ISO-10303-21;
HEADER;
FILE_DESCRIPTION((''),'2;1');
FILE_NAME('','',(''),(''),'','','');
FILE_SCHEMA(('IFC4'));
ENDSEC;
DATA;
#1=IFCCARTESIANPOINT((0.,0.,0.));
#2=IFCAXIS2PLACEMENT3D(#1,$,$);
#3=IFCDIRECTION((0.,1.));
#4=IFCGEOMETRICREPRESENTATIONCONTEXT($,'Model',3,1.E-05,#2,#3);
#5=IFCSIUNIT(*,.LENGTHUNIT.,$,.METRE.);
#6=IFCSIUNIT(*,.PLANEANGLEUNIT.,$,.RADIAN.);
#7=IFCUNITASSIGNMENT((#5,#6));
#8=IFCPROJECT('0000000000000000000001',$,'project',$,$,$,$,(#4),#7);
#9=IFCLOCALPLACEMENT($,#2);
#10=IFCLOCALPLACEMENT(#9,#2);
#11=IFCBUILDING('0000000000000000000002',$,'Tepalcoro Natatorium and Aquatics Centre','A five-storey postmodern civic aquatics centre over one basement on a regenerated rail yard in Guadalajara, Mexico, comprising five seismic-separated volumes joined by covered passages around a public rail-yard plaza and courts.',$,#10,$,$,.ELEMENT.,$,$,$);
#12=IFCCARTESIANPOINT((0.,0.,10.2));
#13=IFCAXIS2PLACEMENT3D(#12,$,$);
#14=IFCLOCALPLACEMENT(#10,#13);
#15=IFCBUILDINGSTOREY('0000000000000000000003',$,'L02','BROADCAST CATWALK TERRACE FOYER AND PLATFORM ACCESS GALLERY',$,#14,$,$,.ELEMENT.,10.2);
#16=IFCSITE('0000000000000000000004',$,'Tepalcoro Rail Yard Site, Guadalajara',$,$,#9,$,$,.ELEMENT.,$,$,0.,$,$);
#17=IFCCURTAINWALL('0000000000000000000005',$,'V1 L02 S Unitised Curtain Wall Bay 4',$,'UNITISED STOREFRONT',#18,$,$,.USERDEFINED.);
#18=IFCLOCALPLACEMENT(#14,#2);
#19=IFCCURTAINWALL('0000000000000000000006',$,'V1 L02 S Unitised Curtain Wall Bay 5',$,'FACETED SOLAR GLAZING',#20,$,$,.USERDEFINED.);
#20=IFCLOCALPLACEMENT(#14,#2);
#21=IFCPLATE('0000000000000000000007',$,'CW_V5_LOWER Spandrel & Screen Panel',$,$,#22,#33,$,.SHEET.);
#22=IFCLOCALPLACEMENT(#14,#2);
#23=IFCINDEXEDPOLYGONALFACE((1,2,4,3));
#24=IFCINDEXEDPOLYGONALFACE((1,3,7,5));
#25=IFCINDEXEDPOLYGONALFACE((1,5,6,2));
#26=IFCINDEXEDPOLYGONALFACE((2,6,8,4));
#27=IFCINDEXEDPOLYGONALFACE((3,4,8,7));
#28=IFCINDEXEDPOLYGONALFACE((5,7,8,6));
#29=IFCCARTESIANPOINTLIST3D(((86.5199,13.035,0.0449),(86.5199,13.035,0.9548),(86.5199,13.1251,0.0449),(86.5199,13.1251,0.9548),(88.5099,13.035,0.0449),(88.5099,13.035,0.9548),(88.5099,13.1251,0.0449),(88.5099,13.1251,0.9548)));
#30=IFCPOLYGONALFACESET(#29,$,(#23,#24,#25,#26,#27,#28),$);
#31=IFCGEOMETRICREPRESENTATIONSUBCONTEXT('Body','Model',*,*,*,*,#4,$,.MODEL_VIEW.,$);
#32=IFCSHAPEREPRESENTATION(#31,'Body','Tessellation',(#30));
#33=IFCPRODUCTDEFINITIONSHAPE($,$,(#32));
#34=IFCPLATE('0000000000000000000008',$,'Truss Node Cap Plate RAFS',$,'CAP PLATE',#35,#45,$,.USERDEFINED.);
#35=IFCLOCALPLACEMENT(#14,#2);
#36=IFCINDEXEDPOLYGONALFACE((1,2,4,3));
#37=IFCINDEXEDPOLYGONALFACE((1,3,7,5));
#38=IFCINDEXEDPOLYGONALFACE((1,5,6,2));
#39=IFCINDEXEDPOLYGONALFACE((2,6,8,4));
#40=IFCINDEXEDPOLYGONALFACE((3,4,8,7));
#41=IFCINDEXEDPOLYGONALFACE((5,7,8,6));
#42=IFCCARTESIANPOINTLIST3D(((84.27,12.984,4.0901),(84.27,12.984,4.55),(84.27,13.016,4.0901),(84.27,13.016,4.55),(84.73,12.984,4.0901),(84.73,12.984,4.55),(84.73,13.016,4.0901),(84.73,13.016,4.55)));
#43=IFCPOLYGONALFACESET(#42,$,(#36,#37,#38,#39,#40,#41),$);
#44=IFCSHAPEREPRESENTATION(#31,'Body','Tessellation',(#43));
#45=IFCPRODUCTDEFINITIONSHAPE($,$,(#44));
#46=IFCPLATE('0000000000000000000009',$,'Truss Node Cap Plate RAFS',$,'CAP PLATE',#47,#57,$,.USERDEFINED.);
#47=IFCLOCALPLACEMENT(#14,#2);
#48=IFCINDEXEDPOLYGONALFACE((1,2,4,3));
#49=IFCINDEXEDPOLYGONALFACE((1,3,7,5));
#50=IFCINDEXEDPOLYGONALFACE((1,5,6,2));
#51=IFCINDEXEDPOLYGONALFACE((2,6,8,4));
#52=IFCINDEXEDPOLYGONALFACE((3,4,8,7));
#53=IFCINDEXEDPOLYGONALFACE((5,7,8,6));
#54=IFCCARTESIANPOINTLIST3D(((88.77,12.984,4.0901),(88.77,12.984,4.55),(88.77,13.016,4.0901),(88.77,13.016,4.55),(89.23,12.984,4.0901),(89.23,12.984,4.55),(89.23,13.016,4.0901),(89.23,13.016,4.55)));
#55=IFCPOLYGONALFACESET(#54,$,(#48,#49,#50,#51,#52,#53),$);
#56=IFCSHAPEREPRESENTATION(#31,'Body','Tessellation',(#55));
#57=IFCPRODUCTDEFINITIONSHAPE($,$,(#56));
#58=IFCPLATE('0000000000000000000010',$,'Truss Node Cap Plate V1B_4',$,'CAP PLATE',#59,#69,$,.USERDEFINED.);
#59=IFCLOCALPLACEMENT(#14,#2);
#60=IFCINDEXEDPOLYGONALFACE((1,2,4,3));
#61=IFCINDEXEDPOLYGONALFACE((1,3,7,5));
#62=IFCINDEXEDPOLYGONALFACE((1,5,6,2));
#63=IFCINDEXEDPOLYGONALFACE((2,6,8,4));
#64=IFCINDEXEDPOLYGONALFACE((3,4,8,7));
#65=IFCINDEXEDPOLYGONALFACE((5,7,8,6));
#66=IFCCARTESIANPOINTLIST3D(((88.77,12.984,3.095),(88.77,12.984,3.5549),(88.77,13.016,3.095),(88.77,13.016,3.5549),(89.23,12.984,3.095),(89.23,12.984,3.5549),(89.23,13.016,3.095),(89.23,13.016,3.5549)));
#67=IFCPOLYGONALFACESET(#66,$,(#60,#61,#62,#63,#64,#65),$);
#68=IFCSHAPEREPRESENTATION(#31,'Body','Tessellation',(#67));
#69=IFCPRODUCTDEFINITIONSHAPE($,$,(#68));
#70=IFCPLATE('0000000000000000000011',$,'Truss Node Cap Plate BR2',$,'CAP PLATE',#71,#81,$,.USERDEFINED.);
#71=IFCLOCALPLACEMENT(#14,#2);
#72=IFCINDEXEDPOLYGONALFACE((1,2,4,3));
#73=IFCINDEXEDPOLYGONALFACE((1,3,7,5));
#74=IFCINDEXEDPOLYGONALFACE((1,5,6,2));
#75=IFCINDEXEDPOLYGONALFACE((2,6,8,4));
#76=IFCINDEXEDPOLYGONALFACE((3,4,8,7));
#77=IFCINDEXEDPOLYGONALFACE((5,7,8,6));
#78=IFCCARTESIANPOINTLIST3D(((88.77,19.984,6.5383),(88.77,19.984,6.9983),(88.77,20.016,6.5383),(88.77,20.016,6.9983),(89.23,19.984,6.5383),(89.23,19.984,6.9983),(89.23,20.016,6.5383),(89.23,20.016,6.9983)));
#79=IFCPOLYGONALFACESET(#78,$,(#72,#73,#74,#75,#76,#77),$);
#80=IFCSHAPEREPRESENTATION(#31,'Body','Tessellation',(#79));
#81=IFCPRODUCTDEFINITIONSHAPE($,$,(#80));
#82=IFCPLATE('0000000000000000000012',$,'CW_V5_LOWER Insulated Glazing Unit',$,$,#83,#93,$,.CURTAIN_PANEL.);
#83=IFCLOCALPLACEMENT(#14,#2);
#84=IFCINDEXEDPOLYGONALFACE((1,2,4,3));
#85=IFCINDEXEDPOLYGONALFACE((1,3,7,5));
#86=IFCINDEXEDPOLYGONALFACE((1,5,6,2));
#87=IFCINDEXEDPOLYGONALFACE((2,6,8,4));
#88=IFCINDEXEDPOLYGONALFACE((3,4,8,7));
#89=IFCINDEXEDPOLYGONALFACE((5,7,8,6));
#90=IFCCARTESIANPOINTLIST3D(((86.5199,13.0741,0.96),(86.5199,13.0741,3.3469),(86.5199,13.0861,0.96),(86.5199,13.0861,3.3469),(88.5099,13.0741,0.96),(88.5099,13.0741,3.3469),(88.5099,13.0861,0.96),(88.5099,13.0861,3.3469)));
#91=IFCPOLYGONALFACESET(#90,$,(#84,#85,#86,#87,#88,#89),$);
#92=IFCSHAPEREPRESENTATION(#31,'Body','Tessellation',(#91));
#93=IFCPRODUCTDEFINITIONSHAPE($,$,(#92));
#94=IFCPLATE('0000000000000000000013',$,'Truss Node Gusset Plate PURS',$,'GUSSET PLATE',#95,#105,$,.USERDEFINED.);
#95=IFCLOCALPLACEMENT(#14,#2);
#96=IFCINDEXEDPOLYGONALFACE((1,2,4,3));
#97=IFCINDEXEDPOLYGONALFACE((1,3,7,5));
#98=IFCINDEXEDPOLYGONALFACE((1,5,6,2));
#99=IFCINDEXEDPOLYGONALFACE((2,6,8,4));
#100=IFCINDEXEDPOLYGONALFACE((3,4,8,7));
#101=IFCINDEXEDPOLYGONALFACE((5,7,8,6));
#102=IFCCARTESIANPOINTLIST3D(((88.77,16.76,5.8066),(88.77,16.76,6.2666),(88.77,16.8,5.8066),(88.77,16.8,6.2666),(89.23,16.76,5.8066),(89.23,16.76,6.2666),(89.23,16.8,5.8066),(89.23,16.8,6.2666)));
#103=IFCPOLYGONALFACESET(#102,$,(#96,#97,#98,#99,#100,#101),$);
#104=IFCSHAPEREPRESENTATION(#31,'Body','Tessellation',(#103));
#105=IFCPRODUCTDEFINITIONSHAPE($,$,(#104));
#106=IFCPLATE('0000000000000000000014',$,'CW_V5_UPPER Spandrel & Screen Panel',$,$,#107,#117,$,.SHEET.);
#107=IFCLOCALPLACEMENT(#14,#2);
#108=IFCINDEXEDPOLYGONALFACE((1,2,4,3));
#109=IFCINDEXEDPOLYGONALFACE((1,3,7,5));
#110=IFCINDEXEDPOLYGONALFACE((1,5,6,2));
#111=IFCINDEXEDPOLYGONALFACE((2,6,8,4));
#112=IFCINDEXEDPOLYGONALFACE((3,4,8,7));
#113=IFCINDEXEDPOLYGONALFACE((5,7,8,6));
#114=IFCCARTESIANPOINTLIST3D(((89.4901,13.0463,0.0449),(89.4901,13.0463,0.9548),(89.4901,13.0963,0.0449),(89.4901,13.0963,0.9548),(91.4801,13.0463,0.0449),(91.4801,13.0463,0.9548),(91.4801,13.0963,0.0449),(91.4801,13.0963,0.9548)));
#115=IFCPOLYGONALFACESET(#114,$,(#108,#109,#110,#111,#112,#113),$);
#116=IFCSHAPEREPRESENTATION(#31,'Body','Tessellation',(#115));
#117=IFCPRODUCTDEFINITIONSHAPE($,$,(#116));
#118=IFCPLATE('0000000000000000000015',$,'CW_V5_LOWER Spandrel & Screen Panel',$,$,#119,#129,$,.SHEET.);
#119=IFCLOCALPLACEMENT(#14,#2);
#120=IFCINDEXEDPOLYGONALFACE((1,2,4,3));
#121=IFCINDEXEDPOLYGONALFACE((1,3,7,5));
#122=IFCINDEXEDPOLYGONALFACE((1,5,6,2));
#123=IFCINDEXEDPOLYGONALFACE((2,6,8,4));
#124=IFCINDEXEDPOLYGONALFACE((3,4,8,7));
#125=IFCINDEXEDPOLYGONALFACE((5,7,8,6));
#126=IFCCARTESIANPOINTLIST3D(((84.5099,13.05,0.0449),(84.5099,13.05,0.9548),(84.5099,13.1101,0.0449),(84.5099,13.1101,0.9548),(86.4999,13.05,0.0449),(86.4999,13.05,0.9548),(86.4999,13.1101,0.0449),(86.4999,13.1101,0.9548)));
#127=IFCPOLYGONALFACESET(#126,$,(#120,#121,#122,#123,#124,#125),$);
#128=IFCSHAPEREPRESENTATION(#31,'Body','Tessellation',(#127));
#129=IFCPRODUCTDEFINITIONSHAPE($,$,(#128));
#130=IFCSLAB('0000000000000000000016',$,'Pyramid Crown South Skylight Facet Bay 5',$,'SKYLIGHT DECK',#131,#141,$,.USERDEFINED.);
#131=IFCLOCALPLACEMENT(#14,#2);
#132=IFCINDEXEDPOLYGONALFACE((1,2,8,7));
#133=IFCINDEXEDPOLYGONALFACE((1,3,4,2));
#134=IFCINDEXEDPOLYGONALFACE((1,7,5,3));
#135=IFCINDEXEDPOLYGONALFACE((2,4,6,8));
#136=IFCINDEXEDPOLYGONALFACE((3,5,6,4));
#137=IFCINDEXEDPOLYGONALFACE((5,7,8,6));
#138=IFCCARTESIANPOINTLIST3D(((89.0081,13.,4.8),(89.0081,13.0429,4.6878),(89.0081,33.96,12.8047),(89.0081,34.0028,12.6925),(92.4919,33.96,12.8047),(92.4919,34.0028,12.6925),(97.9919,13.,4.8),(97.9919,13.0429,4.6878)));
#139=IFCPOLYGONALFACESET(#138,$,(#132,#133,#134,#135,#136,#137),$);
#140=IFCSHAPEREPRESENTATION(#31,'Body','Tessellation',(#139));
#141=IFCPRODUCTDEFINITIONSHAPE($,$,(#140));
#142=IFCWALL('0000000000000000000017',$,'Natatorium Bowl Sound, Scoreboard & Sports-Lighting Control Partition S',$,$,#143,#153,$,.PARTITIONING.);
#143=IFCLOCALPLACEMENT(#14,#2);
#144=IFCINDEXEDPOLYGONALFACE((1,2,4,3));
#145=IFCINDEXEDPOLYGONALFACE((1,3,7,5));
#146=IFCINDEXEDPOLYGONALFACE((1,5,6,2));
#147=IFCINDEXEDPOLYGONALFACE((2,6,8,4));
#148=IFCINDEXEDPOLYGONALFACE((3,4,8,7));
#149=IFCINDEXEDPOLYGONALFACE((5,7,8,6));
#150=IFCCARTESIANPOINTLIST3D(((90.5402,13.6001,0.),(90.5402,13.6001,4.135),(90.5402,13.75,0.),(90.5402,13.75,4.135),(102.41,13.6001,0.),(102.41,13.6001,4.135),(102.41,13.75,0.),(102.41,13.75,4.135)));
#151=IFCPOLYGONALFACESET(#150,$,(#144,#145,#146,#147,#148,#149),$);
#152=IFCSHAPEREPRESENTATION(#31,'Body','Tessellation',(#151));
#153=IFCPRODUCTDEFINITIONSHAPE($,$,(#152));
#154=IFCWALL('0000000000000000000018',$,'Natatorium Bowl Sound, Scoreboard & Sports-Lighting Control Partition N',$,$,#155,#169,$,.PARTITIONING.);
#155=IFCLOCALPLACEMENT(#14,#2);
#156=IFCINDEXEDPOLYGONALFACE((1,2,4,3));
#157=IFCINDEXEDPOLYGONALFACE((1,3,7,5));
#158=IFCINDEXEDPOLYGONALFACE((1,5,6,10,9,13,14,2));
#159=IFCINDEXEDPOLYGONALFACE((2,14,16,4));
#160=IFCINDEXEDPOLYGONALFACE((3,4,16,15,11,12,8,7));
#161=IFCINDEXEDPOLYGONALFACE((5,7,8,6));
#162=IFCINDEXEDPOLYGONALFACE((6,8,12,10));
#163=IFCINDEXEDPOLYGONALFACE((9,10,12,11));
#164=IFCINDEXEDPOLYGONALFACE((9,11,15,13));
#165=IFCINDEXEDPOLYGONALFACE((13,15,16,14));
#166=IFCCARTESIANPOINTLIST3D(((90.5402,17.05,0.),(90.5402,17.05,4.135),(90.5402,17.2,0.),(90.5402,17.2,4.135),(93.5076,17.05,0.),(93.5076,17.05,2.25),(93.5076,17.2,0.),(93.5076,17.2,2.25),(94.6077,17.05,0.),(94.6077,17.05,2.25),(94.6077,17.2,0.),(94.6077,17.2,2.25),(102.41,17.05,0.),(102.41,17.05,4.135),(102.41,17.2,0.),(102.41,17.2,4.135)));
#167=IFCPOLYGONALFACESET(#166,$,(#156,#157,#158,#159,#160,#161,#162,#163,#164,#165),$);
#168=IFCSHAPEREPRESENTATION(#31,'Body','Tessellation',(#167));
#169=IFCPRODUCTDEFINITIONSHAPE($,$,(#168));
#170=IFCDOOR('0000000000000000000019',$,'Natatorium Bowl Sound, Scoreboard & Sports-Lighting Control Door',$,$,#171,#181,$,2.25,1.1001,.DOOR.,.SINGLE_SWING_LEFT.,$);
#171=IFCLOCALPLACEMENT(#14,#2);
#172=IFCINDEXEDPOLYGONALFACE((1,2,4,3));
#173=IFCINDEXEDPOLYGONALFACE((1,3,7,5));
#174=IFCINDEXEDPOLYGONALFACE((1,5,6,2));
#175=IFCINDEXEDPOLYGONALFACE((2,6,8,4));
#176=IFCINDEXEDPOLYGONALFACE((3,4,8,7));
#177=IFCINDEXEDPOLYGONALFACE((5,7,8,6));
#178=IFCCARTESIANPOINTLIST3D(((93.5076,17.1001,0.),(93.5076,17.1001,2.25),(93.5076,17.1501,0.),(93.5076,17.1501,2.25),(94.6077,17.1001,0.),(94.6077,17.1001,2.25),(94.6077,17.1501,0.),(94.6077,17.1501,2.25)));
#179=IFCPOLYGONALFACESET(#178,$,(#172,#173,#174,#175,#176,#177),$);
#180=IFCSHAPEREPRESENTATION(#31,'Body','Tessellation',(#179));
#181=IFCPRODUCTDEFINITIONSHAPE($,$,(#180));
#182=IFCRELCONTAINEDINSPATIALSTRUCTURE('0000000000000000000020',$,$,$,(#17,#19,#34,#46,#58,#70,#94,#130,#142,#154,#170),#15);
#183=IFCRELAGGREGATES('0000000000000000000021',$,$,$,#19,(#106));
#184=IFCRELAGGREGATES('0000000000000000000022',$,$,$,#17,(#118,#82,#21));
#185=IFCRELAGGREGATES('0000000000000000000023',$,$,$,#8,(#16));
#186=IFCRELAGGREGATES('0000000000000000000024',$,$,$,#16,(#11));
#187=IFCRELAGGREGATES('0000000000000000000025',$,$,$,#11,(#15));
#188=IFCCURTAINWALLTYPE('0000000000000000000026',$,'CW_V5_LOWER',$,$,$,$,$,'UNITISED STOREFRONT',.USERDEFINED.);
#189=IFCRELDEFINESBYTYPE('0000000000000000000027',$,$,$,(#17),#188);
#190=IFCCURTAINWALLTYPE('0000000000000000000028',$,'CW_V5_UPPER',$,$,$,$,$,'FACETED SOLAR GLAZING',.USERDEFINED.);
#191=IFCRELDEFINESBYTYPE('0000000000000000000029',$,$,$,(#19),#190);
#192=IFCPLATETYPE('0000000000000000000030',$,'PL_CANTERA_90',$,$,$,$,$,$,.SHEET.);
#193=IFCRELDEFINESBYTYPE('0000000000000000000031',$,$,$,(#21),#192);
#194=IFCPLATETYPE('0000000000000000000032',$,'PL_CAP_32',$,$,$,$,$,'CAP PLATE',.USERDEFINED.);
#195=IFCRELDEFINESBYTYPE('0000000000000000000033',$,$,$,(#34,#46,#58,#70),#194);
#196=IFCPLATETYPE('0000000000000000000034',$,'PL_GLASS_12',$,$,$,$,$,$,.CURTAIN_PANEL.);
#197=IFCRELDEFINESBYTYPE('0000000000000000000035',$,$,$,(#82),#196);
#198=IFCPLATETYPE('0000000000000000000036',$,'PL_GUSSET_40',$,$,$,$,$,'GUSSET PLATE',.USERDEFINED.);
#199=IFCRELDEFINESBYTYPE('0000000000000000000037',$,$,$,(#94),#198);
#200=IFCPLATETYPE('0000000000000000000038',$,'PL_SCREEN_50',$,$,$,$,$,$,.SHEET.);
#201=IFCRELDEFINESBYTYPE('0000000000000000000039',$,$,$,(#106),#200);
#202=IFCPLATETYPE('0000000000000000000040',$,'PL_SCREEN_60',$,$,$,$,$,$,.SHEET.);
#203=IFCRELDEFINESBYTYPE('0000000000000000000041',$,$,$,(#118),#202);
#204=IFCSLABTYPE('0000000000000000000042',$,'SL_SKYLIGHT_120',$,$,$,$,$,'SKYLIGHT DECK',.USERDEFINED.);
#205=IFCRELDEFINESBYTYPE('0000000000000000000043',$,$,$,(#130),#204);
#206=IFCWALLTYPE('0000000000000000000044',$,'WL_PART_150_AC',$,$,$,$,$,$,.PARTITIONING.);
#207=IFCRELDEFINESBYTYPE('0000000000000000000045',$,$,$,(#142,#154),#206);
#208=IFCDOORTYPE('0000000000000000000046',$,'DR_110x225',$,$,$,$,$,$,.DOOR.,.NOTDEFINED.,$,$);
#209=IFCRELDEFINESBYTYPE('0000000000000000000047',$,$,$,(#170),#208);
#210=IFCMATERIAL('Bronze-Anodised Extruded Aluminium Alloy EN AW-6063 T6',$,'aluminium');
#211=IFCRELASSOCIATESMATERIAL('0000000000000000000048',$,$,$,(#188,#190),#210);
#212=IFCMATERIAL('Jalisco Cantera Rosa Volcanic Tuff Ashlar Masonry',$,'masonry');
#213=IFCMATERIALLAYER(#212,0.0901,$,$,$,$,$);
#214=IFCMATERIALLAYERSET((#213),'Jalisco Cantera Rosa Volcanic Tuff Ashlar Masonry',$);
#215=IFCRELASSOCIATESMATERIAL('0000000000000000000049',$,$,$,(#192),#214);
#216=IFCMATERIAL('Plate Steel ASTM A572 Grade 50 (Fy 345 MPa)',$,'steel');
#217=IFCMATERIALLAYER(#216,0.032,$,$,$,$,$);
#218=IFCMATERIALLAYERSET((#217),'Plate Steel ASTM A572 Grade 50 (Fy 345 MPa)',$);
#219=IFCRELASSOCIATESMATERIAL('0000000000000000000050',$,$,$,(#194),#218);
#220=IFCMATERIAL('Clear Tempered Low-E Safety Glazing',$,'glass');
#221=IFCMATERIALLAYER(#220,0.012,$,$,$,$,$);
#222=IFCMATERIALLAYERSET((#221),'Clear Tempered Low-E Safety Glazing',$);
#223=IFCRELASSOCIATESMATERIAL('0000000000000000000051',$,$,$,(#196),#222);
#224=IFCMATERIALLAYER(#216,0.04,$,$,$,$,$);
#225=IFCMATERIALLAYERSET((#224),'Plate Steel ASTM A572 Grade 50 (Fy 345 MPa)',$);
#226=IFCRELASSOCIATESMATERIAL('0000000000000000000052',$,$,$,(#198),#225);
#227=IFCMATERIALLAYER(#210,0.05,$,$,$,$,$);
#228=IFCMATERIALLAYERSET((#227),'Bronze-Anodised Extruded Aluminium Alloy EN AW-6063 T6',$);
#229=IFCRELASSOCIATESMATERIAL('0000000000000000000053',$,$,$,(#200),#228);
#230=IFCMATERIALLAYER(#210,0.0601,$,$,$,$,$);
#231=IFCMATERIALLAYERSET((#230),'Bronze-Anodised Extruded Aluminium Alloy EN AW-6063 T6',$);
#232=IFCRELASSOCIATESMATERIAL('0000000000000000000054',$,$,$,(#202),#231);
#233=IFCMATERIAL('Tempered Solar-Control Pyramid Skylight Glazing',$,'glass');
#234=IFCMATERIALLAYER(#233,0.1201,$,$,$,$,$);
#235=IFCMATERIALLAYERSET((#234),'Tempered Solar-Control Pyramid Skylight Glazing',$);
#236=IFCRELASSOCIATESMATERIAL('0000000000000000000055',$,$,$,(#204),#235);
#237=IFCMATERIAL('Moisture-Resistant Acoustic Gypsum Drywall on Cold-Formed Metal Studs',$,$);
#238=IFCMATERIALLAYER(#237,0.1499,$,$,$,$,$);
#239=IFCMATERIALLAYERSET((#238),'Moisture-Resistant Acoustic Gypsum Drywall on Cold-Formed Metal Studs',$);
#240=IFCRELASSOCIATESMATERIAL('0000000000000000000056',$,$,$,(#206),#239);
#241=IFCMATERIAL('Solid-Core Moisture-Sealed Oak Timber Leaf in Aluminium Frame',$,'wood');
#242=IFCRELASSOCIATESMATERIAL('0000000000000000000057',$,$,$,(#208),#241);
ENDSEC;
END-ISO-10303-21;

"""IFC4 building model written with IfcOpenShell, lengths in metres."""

from ifc_helpers import new_model, si_unit, direction, frame, frame_2d, origin, origin_2d, place, context, subcontext, project, spatial, polyline, rectangle, outline, extrude, material, layer, layer_set, type_object, element, fill, aggregate, save


model = new_model("IFC4")

# Units and contexts
model_context = context("Model", 3, precision=1e-05, world=origin(), true_north=direction((0.0, 1.0)))
body_context = subcontext(model_context, "Body", "Model", "MODEL_VIEW")
ifc_project = project(units=[si_unit("LENGTHUNIT", "METRE"), si_unit("PLANEANGLEUNIT", "RADIAN")], contexts=[model_context])

# Site, building, storey
site_placement = place(None, origin())
site = spatial("IfcSite", under=ifc_project, at=site_placement, Name="Tepalcoro Rail Yard Site, Guadalajara", CompositionType="ELEMENT", RefElevation=0.0)
building_placement = place(site_placement, origin())
building = spatial("IfcBuilding", under=site, at=building_placement, Name="Tepalcoro Natatorium and Aquatics Centre", Description="A five-storey postmodern civic aquatics centre over one basement on a regenerated rail yard in Guadalajara, Mexico, comprising five seismic-separated volumes joined by covered passages around a public rail-yard plaza and courts.", CompositionType="ELEMENT")
storey_placement = place(building_placement, frame((0.0, 0.0, 10.2)))
storey = spatial("IfcBuildingStorey", under=building, at=storey_placement, Name="L02", Description="BROADCAST CATWALK TERRACE FOYER AND PLATFORM ACCESS GALLERY", CompositionType="ELEMENT", Elevation=10.2)

# Curtain walls
ifc_material_1 = material(Name="Bronze-Anodised Extruded Aluminium Alloy EN AW-6063 T6", Category="aluminium")
curtain_wall_type_1 = type_object("IfcCurtainWallType", Name="CW_V5_LOWER", ElementType="UNITISED STOREFRONT", PredefinedType="USERDEFINED", material=ifc_material_1)
curtain_wall_1_placement = place(storey_placement, origin())
curtain_wall_1 = element("IfcCurtainWall", 1, at=curtain_wall_1_placement, inside=storey, type_object=curtain_wall_type_1, Name="V1 L02 S Unitised Curtain Wall Bay 4", ObjectType="UNITISED STOREFRONT", PredefinedType="USERDEFINED")
curtain_wall_type_2 = type_object("IfcCurtainWallType", Name="CW_V5_UPPER", ElementType="FACETED SOLAR GLAZING", PredefinedType="USERDEFINED", material=ifc_material_1)
curtain_wall_2_placement = place(storey_placement, origin())
curtain_wall_2 = element("IfcCurtainWall", 2, at=curtain_wall_2_placement, inside=storey, type_object=curtain_wall_type_2, Name="V1 L02 S Unitised Curtain Wall Bay 5", ObjectType="FACETED SOLAR GLAZING", PredefinedType="USERDEFINED")

# Plate
ifc_material_2 = material(Name="Jalisco Cantera Rosa Volcanic Tuff Ashlar Masonry", Category="masonry")
ifc_layer_1 = layer(ifc_material_2, 0.0901)
ifc_layer_set_1 = layer_set([ifc_layer_1], Name="Jalisco Cantera Rosa Volcanic Tuff Ashlar Masonry")
plate_type_1 = type_object("IfcPlateType", Name="PL_CANTERA_90", PredefinedType="SHEET", material=ifc_layer_set_1)
plate_1_placement = place(storey_placement, frame((87.5149, 13.0801, 0.0449), z_axis=(0.0, 0.0, 1.0), x_axis=(1.0, 0.0, 0.0)))
plate_1 = element("IfcPlate", 3, at=plate_1_placement, type_object=plate_type_1, Name="CW_V5_LOWER Spandrel & Screen Panel", PredefinedType="SHEET", context=body_context, shape_type="SweptSolid", body=[
    extrude(rectangle(XDim=1.99, YDim=0.0901, at=origin_2d()), origin(), (0.0, 0.0, 1.0), 0.9099),
])

# Plates
ifc_material_3 = material(Name="Plate Steel ASTM A572 Grade 50 (Fy 345 MPa)", Category="steel")
ifc_layer_2 = layer(ifc_material_3, 0.032)
ifc_layer_set_2 = layer_set([ifc_layer_2], Name="Plate Steel ASTM A572 Grade 50 (Fy 345 MPa)")
plate_type_2 = type_object("IfcPlateType", Name="PL_CAP_32", ElementType="CAP PLATE", PredefinedType="USERDEFINED", material=ifc_layer_set_2)
for number, where, z_axis, x_axis, name in (
    (4, (84.5, 13.0, 4.0901), (0.0, 0.0, 1.0), (1.0, 0.0, 0.0), "Truss Node Cap Plate RAFS"),
    (5, (89.0, 13.0, 4.0901), (0.0, 0.0, 1.0), (1.0, 0.0, 0.0), "Truss Node Cap Plate RAFS"),
    (6, (89.0, 13.0, 3.095), (0.0, 0.0, 1.0), (1.0, 0.0, 0.0), "Truss Node Cap Plate V1B_4"),
    (7, (89.0, 20.0, 6.5383), (0.0, 0.0, 1.0), (1.0, 0.0, 0.0), "Truss Node Cap Plate BR2"),
):
    element("IfcPlate", number, at=place(storey_placement, frame(where, z_axis=z_axis, x_axis=x_axis)), inside=storey, type_object=plate_type_2, Name=name, ObjectType="CAP PLATE", PredefinedType="USERDEFINED", context=body_context, shape_type="SweptSolid", body=[
        extrude(rectangle(XDim=0.46, YDim=0.032, at=origin_2d()), origin(), (0.0, 0.0, 1.0), 0.46),
    ])

# Plates
ifc_material_4 = material(Name="Clear Tempered Low-E Safety Glazing", Category="glass")
ifc_layer_3 = layer(ifc_material_4, 0.012)
ifc_layer_set_3 = layer_set([ifc_layer_3], Name="Clear Tempered Low-E Safety Glazing")
plate_type_3 = type_object("IfcPlateType", Name="PL_GLASS_12", PredefinedType="CURTAIN_PANEL", material=ifc_layer_set_3)
plate_2_placement = place(storey_placement, frame((87.5149, 13.0801, 0.96), z_axis=(0.0, 0.0, 1.0), x_axis=(1.0, 0.0, 0.0)))
plate_2 = element("IfcPlate", 8, at=plate_2_placement, type_object=plate_type_3, Name="CW_V5_LOWER Insulated Glazing Unit", PredefinedType="CURTAIN_PANEL", context=body_context, shape_type="SweptSolid", body=[
    extrude(rectangle(XDim=1.99, YDim=0.012, at=origin_2d()), origin(), (0.0, 0.0, 1.0), 2.387),
])
ifc_layer_4 = layer(ifc_material_3, 0.04)
ifc_layer_set_4 = layer_set([ifc_layer_4], Name="Plate Steel ASTM A572 Grade 50 (Fy 345 MPa)")
plate_type_4 = type_object("IfcPlateType", Name="PL_GUSSET_40", ElementType="GUSSET PLATE", PredefinedType="USERDEFINED", material=ifc_layer_set_4)
plate_3_placement = place(storey_placement, frame((89.0, 16.78, 5.8066), z_axis=(0.0, 0.0, 1.0), x_axis=(1.0, 0.0, 0.0)))
element("IfcPlate", 9, at=plate_3_placement, inside=storey, type_object=plate_type_4, Name="Truss Node Gusset Plate PURS", ObjectType="GUSSET PLATE", PredefinedType="USERDEFINED", context=body_context, shape_type="SweptSolid", body=[
    extrude(rectangle(XDim=0.46, YDim=0.04, at=origin_2d()), origin(), (0.0, 0.0, 1.0), 0.46),
])
ifc_layer_5 = layer(ifc_material_1, 0.05)
ifc_layer_set_5 = layer_set([ifc_layer_5], Name="Bronze-Anodised Extruded Aluminium Alloy EN AW-6063 T6")
plate_type_5 = type_object("IfcPlateType", Name="PL_SCREEN_50", PredefinedType="SHEET", material=ifc_layer_set_5)
plate_4_placement = place(storey_placement, frame((90.4851, 13.0713, 0.0449), z_axis=(0.0, 0.0, 1.0), x_axis=(1.0, 0.0, 0.0)))
plate_4 = element("IfcPlate", 10, at=plate_4_placement, type_object=plate_type_5, Name="CW_V5_UPPER Spandrel & Screen Panel", PredefinedType="SHEET", context=body_context, shape_type="SweptSolid", body=[
    extrude(rectangle(XDim=1.99, YDim=0.05, at=origin_2d()), origin(), (0.0, 0.0, 1.0), 0.9099),
])
aggregate(curtain_wall_2, [plate_4])
ifc_layer_6 = layer(ifc_material_1, 0.0601)
ifc_layer_set_6 = layer_set([ifc_layer_6], Name="Bronze-Anodised Extruded Aluminium Alloy EN AW-6063 T6")
plate_type_6 = type_object("IfcPlateType", Name="PL_SCREEN_60", PredefinedType="SHEET", material=ifc_layer_set_6)
plate_5_placement = place(storey_placement, frame((85.5049, 13.0801, 0.0449), z_axis=(0.0, 0.0, 1.0), x_axis=(1.0, 0.0, 0.0)))
plate_5 = element("IfcPlate", 11, at=plate_5_placement, type_object=plate_type_6, Name="CW_V5_LOWER Spandrel & Screen Panel", PredefinedType="SHEET", context=body_context, shape_type="SweptSolid", body=[
    extrude(rectangle(XDim=1.99, YDim=0.0601, at=origin_2d()), origin(), (0.0, 0.0, 1.0), 0.9099),
])
aggregate(curtain_wall_1, [plate_5, plate_2, plate_1])

# Slab
ifc_material_5 = material(Name="Tempered Solar-Control Pyramid Skylight Glazing", Category="glass")
ifc_layer_7 = layer(ifc_material_5, 0.1201)
ifc_layer_set_7 = layer_set([ifc_layer_7], Name="Tempered Solar-Control Pyramid Skylight Glazing")
slab_type = type_object("IfcSlabType", Name="SL_SKYLIGHT_120", ElementType="SKYLIGHT DECK", PredefinedType="USERDEFINED", material=ifc_layer_set_7)
slab_placement = place(storey_placement, frame((89.0081, 13.0, 4.8), z_axis=(0.0, -0.356769, 0.934192), x_axis=(1.0, 0.0, 0.0)))
element("IfcSlab", 12, at=slab_placement, inside=storey, type_object=slab_type, Name="Pyramid Crown South Skylight Facet Bay 5", ObjectType="SKYLIGHT DECK", PredefinedType="USERDEFINED", context=body_context, shape_type="SweptSolid", body=[
    extrude(outline(polyline([(0.0, 0.0), (8.9839, 0.0), (3.4839, 22.4364), (0.0, 22.4364), (0.0, 0.0)])), origin(), (0.0, 0.0, -1.0), 0.1201),
])

# Wall
ifc_material_6 = material(Name="Moisture-Resistant Acoustic Gypsum Drywall on Cold-Formed Metal Studs")
ifc_layer_8 = layer(ifc_material_6, 0.1499)
ifc_layer_set_8 = layer_set([ifc_layer_8], Name="Moisture-Resistant Acoustic Gypsum Drywall on Cold-Formed Metal Studs")
wall_type = type_object("IfcWallType", Name="WL_PART_150_AC", PredefinedType="PARTITIONING", material=ifc_layer_set_8)
wall_1_placement = place(storey_placement, frame((90.54, 13.675, 0.0), z_axis=(0.0, 0.0, 1.0), x_axis=(1.0, 0.0, 0.0)))
element("IfcWall", 13, at=wall_1_placement, inside=storey, type_object=wall_type, Name="Natatorium Bowl Sound, Scoreboard & Sports-Lighting Control Partition S", PredefinedType="PARTITIONING", context=body_context, shape_type="SweptSolid", body=[
    extrude(rectangle(XDim=11.8699, YDim=0.1499, at=frame_2d((5.9351, 0.0))), origin(), (0.0, 0.0, 1.0), 4.135),
])

# Wall, opening, door
wall_2_placement = place(storey_placement, frame((90.54, 17.125, 0.0), z_axis=(0.0, 0.0, 1.0), x_axis=(1.0, 0.0, 0.0)))
wall_2 = element("IfcWall", 14, at=wall_2_placement, inside=storey, type_object=wall_type, Name="Natatorium Bowl Sound, Scoreboard & Sports-Lighting Control Partition N", PredefinedType="PARTITIONING", context=body_context, shape_type="SweptSolid", body=[
    extrude(rectangle(XDim=11.8699, YDim=0.1499, at=frame_2d((5.9351, 0.0))), origin(), (0.0, 0.0, 1.0), 4.135),
])
opening_placement = place(wall_2_placement, frame((2.9675, 0.0, 0.0)))
opening = element("IfcOpeningElement", 15, at=opening_placement, cuts=wall_2, PredefinedType="OPENING", context=body_context, shape_type="SweptSolid", body=[
    extrude(rectangle(XDim=1.1001, YDim=2.25, at=frame_2d((0.55, 1.125))), frame((0.0, 0.0869, 0.0), z_axis=(0.0, -1.0, 0.0), x_axis=(1.0, 0.0, 0.0)), (0.0, 0.0, 1.0), 0.1738),
])
ifc_material_7 = material(Name="Solid-Core Moisture-Sealed Oak Timber Leaf in Aluminium Frame", Category="wood")
door_type = type_object("IfcDoorType", Name="DR_110x225", OperationType="NOTDEFINED", PredefinedType="DOOR", material=ifc_material_7)
door_placement = place(opening_placement, frame((1.1001, 0.0, 0.0), z_axis=(0.0, 0.0, 1.0), x_axis=(-1.0, 0.0, 0.0)))
door = element("IfcDoor", 16, at=door_placement, inside=storey, type_object=door_type, Name="Natatorium Bowl Sound, Scoreboard & Sports-Lighting Control Door", OperationType="SINGLE_SWING_LEFT", OverallHeight=2.25, OverallWidth=1.1001, PredefinedType="DOOR", context=body_context, shape_type="SweptSolid", body=[
    extrude(rectangle(XDim=1.1001, YDim=2.25, at=frame_2d((0.55, 1.125))), frame((0.0, 0.0249, 0.0), z_axis=(0.0, -1.0, 0.0), x_axis=(1.0, 0.0, 0.0)), (0.0, 0.0, 1.0), 0.05),
])
fill(opening, door)

save(model, "model.ifc")
